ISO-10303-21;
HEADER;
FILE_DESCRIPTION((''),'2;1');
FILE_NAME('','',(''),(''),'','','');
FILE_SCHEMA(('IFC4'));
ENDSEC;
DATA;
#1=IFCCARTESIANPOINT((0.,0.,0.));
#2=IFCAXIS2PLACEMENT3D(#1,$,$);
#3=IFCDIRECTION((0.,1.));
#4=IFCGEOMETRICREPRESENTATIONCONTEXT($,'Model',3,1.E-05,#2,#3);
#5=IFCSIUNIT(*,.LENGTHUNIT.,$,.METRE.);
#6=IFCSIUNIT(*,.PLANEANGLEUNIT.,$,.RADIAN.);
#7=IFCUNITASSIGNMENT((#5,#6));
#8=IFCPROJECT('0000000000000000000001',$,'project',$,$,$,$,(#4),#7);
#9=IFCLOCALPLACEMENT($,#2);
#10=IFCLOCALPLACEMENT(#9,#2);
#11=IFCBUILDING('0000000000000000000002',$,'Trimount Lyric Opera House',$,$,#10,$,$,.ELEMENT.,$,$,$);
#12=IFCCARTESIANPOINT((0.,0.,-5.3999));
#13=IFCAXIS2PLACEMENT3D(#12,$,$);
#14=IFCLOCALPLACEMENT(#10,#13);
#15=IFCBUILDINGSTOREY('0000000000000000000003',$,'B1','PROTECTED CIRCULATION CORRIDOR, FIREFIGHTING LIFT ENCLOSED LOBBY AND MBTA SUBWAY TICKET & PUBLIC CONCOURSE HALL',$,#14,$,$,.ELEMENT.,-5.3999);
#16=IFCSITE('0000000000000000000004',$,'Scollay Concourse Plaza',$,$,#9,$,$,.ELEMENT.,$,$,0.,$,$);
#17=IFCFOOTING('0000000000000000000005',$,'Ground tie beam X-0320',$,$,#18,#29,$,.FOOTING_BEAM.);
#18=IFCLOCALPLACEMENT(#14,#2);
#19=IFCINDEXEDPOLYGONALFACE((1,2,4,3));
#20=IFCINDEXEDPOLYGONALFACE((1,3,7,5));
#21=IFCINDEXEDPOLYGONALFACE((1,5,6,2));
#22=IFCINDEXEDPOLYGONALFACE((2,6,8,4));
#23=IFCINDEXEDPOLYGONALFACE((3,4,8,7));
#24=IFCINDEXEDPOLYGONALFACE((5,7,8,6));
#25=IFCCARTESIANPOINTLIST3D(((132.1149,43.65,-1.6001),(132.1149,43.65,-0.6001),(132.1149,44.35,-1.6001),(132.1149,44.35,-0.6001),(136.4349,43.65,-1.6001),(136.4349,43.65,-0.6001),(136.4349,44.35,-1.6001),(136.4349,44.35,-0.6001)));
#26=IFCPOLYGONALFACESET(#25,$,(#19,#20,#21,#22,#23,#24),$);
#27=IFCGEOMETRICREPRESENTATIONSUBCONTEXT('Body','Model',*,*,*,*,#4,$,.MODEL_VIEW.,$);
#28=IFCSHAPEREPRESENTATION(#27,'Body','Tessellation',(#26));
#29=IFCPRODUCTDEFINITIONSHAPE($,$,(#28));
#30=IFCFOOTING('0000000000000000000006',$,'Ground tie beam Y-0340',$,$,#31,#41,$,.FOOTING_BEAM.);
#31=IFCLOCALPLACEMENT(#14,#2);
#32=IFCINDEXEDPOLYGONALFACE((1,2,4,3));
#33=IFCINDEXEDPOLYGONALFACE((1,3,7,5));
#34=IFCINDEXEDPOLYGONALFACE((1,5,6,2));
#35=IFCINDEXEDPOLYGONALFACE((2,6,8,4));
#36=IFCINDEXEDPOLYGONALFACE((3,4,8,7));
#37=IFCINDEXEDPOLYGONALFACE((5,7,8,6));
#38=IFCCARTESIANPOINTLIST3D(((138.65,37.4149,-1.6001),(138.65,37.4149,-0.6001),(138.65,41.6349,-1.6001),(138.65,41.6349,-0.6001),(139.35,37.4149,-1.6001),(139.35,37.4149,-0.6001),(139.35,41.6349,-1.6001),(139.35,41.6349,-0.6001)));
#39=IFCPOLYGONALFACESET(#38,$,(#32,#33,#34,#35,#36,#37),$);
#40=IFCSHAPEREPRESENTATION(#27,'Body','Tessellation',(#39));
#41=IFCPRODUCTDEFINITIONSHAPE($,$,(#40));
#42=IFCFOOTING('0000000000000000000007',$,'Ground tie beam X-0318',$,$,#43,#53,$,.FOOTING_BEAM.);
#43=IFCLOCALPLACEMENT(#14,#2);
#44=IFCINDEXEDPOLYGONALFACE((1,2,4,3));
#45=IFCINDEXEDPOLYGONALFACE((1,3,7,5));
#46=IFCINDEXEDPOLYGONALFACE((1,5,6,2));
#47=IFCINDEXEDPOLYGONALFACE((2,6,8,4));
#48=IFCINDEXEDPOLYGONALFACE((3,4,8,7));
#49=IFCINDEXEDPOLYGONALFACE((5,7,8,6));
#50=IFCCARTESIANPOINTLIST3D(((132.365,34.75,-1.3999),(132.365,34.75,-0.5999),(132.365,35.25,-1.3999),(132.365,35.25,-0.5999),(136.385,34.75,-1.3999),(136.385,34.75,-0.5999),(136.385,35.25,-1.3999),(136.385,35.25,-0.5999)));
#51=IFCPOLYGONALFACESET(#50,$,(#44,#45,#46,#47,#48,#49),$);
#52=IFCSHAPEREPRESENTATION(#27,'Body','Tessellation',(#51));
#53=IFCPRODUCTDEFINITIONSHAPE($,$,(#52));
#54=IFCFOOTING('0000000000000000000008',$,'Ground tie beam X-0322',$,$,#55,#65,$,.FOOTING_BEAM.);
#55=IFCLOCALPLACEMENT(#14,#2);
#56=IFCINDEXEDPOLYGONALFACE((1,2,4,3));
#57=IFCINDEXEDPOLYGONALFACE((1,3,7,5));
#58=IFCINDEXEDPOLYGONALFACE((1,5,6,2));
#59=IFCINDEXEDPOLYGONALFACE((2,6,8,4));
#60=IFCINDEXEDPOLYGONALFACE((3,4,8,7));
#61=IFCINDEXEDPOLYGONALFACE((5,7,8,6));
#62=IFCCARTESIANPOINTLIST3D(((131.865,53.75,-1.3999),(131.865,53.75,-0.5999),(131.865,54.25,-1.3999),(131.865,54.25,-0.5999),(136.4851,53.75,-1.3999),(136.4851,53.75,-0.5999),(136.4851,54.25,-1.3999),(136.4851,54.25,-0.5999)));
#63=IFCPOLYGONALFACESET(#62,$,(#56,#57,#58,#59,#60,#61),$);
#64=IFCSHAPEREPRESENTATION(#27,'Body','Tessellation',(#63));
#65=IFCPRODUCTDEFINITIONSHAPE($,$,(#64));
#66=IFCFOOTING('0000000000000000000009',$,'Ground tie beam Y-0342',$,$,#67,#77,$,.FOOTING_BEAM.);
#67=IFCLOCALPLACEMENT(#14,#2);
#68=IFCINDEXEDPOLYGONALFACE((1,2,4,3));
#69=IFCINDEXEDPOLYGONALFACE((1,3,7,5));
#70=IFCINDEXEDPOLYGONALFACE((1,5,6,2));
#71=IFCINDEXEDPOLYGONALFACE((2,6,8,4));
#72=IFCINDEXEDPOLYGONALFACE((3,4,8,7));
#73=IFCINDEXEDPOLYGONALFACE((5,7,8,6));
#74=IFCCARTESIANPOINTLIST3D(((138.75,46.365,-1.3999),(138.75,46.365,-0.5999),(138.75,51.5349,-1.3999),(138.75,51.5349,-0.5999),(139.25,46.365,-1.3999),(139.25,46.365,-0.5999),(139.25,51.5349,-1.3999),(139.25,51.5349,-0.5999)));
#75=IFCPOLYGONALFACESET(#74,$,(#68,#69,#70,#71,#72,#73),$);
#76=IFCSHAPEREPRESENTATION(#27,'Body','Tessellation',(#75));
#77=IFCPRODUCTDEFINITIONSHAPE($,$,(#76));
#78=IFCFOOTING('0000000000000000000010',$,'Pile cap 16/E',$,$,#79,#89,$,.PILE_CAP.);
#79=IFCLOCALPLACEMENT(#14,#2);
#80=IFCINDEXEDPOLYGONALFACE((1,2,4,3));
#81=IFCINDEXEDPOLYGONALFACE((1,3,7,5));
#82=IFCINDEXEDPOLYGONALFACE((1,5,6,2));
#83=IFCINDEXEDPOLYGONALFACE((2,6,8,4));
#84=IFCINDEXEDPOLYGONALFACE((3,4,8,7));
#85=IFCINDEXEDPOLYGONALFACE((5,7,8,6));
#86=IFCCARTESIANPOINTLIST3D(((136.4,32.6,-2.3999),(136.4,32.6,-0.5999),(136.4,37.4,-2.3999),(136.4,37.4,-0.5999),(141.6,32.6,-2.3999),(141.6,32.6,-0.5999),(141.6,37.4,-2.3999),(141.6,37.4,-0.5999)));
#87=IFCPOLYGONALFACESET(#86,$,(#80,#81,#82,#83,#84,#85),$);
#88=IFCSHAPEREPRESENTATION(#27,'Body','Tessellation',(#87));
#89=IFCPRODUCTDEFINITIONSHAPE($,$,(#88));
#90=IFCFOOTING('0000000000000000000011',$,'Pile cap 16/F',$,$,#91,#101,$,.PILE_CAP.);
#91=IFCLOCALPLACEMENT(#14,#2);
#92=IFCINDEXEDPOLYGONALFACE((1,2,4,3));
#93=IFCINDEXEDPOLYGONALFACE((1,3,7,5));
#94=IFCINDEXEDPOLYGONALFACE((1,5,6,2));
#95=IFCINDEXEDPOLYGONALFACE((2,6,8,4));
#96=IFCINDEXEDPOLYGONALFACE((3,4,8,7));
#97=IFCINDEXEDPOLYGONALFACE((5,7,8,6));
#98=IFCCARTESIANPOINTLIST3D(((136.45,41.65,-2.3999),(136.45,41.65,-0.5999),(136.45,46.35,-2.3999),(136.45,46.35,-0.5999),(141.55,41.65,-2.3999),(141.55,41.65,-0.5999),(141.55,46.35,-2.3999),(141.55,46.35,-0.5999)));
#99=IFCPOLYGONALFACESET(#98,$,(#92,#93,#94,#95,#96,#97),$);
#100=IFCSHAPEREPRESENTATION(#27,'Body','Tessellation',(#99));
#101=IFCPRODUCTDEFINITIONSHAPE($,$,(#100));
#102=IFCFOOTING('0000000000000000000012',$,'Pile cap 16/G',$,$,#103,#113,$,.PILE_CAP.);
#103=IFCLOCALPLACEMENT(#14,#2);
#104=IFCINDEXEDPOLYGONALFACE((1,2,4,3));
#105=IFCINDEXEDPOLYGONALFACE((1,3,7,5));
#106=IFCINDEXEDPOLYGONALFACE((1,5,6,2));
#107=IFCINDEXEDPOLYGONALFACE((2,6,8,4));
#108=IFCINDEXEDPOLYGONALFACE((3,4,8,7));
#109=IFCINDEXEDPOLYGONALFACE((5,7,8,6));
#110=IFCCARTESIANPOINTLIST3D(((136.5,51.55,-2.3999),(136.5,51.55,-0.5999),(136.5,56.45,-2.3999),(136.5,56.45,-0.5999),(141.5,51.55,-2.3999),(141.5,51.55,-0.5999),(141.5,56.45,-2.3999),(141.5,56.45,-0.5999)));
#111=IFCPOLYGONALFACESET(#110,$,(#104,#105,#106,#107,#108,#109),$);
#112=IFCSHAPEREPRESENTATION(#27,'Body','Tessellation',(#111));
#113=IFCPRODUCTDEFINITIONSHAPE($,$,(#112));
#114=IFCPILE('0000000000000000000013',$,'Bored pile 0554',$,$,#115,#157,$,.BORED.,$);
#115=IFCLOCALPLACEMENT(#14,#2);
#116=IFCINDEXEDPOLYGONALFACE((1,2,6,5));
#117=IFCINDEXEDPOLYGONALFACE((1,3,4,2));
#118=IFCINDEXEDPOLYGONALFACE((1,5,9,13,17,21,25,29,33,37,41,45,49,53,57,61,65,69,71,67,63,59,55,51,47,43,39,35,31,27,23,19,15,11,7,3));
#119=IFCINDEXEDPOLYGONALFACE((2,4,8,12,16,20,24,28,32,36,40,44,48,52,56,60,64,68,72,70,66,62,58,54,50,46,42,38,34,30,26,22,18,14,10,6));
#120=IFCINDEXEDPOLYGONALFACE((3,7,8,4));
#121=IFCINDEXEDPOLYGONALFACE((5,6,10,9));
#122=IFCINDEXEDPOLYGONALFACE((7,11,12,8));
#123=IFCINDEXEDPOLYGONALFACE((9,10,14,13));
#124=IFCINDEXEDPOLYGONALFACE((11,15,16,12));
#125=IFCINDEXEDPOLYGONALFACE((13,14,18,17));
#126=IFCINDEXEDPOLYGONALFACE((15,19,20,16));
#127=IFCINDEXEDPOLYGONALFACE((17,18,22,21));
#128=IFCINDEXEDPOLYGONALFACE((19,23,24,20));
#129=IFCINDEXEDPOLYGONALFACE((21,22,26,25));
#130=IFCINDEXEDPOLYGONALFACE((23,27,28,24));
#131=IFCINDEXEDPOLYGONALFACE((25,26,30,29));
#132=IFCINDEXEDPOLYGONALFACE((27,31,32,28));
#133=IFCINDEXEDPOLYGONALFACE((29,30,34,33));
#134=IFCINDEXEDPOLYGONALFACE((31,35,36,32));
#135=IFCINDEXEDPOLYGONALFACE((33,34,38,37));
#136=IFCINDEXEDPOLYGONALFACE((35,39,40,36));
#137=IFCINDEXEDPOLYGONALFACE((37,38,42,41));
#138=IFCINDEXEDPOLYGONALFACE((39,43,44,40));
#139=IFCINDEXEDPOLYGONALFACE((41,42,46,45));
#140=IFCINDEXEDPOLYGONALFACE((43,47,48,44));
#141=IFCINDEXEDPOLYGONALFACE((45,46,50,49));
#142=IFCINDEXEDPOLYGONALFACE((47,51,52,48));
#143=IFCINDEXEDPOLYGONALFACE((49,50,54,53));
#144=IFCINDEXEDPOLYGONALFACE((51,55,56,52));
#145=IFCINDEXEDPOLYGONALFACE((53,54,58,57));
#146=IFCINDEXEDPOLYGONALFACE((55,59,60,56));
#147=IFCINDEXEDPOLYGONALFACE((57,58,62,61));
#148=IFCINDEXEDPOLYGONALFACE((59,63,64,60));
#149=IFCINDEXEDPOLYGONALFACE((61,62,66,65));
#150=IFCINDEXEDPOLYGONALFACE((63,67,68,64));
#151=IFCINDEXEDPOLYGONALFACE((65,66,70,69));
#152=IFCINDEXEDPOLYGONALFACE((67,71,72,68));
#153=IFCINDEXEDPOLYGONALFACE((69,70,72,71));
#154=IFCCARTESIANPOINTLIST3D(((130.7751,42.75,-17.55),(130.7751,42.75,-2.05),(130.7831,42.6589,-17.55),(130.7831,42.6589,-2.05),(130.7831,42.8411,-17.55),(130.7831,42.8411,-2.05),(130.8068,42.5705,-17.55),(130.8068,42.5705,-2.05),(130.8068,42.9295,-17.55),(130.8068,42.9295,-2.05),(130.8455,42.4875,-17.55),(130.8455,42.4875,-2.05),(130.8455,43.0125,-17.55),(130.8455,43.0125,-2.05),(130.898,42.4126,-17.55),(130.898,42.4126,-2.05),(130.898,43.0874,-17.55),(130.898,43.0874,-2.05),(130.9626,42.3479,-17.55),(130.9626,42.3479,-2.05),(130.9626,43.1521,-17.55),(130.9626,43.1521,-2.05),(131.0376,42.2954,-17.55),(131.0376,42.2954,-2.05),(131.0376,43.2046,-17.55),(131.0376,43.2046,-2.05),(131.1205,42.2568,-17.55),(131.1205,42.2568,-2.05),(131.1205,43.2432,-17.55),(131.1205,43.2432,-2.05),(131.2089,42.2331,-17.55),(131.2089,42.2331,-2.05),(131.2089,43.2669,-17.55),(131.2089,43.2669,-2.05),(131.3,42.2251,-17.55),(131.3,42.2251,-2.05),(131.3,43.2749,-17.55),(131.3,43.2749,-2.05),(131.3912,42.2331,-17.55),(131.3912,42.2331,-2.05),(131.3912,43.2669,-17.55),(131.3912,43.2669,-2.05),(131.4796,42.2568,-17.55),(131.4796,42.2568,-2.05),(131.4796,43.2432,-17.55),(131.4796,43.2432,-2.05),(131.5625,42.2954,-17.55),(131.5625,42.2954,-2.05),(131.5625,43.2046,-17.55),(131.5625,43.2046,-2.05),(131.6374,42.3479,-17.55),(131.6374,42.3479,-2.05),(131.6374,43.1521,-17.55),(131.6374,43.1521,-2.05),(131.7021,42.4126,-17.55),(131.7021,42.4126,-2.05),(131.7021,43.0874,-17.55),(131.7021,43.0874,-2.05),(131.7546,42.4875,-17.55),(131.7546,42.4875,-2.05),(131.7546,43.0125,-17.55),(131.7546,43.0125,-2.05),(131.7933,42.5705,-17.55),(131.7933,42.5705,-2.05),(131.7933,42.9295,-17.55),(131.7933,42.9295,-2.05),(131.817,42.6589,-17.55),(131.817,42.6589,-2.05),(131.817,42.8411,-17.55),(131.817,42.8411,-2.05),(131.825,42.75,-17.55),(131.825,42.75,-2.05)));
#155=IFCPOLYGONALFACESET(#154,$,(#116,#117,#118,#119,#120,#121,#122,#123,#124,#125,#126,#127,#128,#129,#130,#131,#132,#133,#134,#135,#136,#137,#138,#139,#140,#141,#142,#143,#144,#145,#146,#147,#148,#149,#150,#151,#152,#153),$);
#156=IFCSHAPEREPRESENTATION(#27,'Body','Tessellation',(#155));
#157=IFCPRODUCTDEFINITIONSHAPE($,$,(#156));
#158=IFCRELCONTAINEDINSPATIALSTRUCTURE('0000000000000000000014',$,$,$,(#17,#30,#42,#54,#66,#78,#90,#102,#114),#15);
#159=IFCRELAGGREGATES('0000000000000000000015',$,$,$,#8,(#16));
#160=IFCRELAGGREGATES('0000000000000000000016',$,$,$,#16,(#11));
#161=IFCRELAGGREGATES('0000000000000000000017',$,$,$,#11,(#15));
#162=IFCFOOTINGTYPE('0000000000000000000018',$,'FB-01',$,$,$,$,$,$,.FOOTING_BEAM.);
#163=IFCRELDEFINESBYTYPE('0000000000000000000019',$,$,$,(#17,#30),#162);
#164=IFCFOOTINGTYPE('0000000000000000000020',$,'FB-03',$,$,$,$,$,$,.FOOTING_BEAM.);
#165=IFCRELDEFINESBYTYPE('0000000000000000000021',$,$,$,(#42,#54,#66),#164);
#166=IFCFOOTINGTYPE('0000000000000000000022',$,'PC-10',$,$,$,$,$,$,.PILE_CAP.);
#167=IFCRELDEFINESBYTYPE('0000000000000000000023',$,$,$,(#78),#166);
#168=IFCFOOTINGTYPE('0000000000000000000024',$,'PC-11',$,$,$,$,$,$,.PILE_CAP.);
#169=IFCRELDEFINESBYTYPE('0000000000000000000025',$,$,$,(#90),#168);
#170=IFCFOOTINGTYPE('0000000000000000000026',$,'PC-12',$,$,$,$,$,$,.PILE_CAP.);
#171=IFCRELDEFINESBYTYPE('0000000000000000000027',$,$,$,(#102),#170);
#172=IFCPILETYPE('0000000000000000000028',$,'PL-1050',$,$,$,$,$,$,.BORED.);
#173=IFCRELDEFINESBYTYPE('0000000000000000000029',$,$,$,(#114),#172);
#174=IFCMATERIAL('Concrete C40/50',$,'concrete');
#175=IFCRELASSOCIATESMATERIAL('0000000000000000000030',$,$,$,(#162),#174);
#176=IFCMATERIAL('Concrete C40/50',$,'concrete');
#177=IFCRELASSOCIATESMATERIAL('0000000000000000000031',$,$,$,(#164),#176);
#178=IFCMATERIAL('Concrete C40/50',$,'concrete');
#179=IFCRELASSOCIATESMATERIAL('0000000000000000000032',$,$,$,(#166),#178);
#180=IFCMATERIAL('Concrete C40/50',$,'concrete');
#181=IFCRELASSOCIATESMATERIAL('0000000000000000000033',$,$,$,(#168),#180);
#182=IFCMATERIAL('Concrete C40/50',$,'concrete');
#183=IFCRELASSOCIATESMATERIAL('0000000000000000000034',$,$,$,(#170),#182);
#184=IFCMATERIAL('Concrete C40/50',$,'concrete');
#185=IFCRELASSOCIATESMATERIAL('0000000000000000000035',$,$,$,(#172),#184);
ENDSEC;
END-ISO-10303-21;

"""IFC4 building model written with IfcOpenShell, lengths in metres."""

from ifc_helpers import new_model, si_unit, direction, frame, origin, origin_2d, place, context, subcontext, project, spatial, rectangle, circle, extrude, material, material_profile, profile_set, type_object, element, save


model = new_model("IFC4")

# Units and contexts
model_context = context("Model", 3, precision=1e-05, world=origin(), true_north=direction((0.0, 1.0)))
body_context = subcontext(model_context, "Body", "Model", "MODEL_VIEW")
ifc_project = project(units=[si_unit("LENGTHUNIT", "METRE"), si_unit("PLANEANGLEUNIT", "RADIAN")], contexts=[model_context])

# Site, building, storey
site_placement = place(None, origin())
site = spatial("IfcSite", under=ifc_project, at=site_placement, Name="Scollay Concourse Plaza", CompositionType="ELEMENT", RefElevation=0.0)
building_placement = place(site_placement, origin())
building = spatial("IfcBuilding", under=site, at=building_placement, Name="Trimount Lyric Opera House", CompositionType="ELEMENT")
storey_placement = place(building_placement, frame((0.0, 0.0, -5.3999)))
storey = spatial("IfcBuildingStorey", under=building, at=storey_placement, Name="B1", Description="PROTECTED CIRCULATION CORRIDOR, FIREFIGHTING LIFT ENCLOSED LOBBY AND MBTA SUBWAY TICKET & PUBLIC CONCOURSE HALL", CompositionType="ELEMENT", Elevation=-5.3999)

# Footings
ifc_material_1 = material(Name="Concrete C40/50", Category="concrete")
footing_type_1 = type_object("IfcFootingType", Name="FB-01", PredefinedType="FOOTING_BEAM", material=ifc_material_1)
footing_1_placement = place(storey_placement, frame((134.2749, 44.0, -1.6001), z_axis=(0.0, 0.0, 1.0), x_axis=(1.0, 0.0, 0.0)))
element("IfcFooting", 1, at=footing_1_placement, inside=storey, type_object=footing_type_1, Name="Ground tie beam X-0320", PredefinedType="FOOTING_BEAM", context=body_context, shape_type="SweptSolid", body=[
    extrude(rectangle(XDim=4.3201, YDim=0.7, at=origin_2d()), origin(), (0.0, 0.0, 1.0), 1.0),
])
footing_2_placement = place(storey_placement, frame((139.0, 39.5249, -1.6001), z_axis=(0.0, 0.0, 1.0), x_axis=(1.0, 0.0, 0.0)))
element("IfcFooting", 2, at=footing_2_placement, inside=storey, type_object=footing_type_1, Name="Ground tie beam Y-0340", PredefinedType="FOOTING_BEAM", context=body_context, shape_type="SweptSolid", body=[
    extrude(rectangle(XDim=0.7, YDim=4.22, at=origin_2d()), origin(), (0.0, 0.0, 1.0), 1.0),
])
ifc_material_2 = material(Name="Concrete C40/50", Category="concrete")
footing_type_2 = type_object("IfcFootingType", Name="FB-03", PredefinedType="FOOTING_BEAM", material=ifc_material_2)
footing_3_placement = place(storey_placement, frame((134.375, 35.0, -1.3999), z_axis=(0.0, 0.0, 1.0), x_axis=(1.0, 0.0, 0.0)))
element("IfcFooting", 3, at=footing_3_placement, inside=storey, type_object=footing_type_2, Name="Ground tie beam X-0318", PredefinedType="FOOTING_BEAM", context=body_context, shape_type="SweptSolid", body=[
    extrude(rectangle(XDim=4.02, YDim=0.5, at=origin_2d()), origin(), (0.0, 0.0, 1.0), 0.8),
])
footing_4_placement = place(storey_placement, frame((134.175, 54.0, -1.3999), z_axis=(0.0, 0.0, 1.0), x_axis=(1.0, 0.0, 0.0)))
element("IfcFooting", 4, at=footing_4_placement, inside=storey, type_object=footing_type_2, Name="Ground tie beam X-0322", PredefinedType="FOOTING_BEAM", context=body_context, shape_type="SweptSolid", body=[
    extrude(rectangle(XDim=4.6201, YDim=0.5, at=origin_2d()), origin(), (0.0, 0.0, 1.0), 0.8),
])
footing_5_placement = place(storey_placement, frame((139.0, 48.95, -1.3999), z_axis=(0.0, 0.0, 1.0), x_axis=(1.0, 0.0, 0.0)))
element("IfcFooting", 5, at=footing_5_placement, inside=storey, type_object=footing_type_2, Name="Ground tie beam Y-0342", PredefinedType="FOOTING_BEAM", context=body_context, shape_type="SweptSolid", body=[
    extrude(rectangle(XDim=0.5, YDim=5.1699, at=origin_2d()), origin(), (0.0, 0.0, 1.0), 0.8),
])
ifc_material_3 = material(Name="Concrete C40/50", Category="concrete")
footing_type_3 = type_object("IfcFootingType", Name="PC-10", PredefinedType="PILE_CAP", material=ifc_material_3)
footing_6_placement = place(storey_placement, frame((139.0, 35.0, -2.3999), z_axis=(0.0, 0.0, 1.0), x_axis=(1.0, 0.0, 0.0)))
element("IfcFooting", 6, at=footing_6_placement, inside=storey, type_object=footing_type_3, Name="Pile cap 16/E", PredefinedType="PILE_CAP", context=body_context, shape_type="SweptSolid", body=[
    extrude(rectangle(XDim=5.2, YDim=4.8, at=origin_2d()), origin(), (0.0, 0.0, 1.0), 1.8),
])
ifc_material_4 = material(Name="Concrete C40/50", Category="concrete")
footing_type_4 = type_object("IfcFootingType", Name="PC-11", PredefinedType="PILE_CAP", material=ifc_material_4)
footing_7_placement = place(storey_placement, frame((139.0, 44.0, -2.3999), z_axis=(0.0, 0.0, 1.0), x_axis=(1.0, 0.0, 0.0)))
element("IfcFooting", 7, at=footing_7_placement, inside=storey, type_object=footing_type_4, Name="Pile cap 16/F", PredefinedType="PILE_CAP", context=body_context, shape_type="SweptSolid", body=[
    extrude(rectangle(XDim=5.1001, YDim=4.7, at=origin_2d()), origin(), (0.0, 0.0, 1.0), 1.8),
])
ifc_material_5 = material(Name="Concrete C40/50", Category="concrete")
footing_type_5 = type_object("IfcFootingType", Name="PC-12", PredefinedType="PILE_CAP", material=ifc_material_5)
footing_8_placement = place(storey_placement, frame((139.0, 54.0, -2.3999), z_axis=(0.0, 0.0, 1.0), x_axis=(1.0, 0.0, 0.0)))
element("IfcFooting", 8, at=footing_8_placement, inside=storey, type_object=footing_type_5, Name="Pile cap 16/G", PredefinedType="PILE_CAP", context=body_context, shape_type="SweptSolid", body=[
    extrude(rectangle(XDim=5.0, YDim=4.8999, at=origin_2d()), origin(), (0.0, 0.0, 1.0), 1.8),
])

# Pile
ifc_material_6 = material(Name="Concrete C40/50", Category="concrete")
ifc_material_profile_1 = material_profile(ifc_material_6, circle(Radius=0.5249, at=origin_2d()), Name="PILE-D1050")
ifc_profile_set_1 = profile_set([ifc_material_profile_1], Name="Concrete C40/50")
pile_type_1 = type_object("IfcPileType", Name="PL-1050", PredefinedType="BORED", material=ifc_profile_set_1)
for number, where, z_axis, x_axis, name in (
    (9, (131.3, 42.75, -2.05), (0.0, 0.0, -1.0), (1.0, 0.0, 0.0), "Bored pile 0554"),
):
    element("IfcPile", number, at=place(storey_placement, frame(where, z_axis=z_axis, x_axis=x_axis)), inside=storey, type_object=pile_type_1, Name=name, PredefinedType="BORED", context=body_context, shape_type="SweptSolid", body=[
        extrude(circle(Radius=0.5249, at=origin_2d()), origin(), (0.0, 0.0, 1.0), 15.5),
    ])

save(model, "model.ifc")
